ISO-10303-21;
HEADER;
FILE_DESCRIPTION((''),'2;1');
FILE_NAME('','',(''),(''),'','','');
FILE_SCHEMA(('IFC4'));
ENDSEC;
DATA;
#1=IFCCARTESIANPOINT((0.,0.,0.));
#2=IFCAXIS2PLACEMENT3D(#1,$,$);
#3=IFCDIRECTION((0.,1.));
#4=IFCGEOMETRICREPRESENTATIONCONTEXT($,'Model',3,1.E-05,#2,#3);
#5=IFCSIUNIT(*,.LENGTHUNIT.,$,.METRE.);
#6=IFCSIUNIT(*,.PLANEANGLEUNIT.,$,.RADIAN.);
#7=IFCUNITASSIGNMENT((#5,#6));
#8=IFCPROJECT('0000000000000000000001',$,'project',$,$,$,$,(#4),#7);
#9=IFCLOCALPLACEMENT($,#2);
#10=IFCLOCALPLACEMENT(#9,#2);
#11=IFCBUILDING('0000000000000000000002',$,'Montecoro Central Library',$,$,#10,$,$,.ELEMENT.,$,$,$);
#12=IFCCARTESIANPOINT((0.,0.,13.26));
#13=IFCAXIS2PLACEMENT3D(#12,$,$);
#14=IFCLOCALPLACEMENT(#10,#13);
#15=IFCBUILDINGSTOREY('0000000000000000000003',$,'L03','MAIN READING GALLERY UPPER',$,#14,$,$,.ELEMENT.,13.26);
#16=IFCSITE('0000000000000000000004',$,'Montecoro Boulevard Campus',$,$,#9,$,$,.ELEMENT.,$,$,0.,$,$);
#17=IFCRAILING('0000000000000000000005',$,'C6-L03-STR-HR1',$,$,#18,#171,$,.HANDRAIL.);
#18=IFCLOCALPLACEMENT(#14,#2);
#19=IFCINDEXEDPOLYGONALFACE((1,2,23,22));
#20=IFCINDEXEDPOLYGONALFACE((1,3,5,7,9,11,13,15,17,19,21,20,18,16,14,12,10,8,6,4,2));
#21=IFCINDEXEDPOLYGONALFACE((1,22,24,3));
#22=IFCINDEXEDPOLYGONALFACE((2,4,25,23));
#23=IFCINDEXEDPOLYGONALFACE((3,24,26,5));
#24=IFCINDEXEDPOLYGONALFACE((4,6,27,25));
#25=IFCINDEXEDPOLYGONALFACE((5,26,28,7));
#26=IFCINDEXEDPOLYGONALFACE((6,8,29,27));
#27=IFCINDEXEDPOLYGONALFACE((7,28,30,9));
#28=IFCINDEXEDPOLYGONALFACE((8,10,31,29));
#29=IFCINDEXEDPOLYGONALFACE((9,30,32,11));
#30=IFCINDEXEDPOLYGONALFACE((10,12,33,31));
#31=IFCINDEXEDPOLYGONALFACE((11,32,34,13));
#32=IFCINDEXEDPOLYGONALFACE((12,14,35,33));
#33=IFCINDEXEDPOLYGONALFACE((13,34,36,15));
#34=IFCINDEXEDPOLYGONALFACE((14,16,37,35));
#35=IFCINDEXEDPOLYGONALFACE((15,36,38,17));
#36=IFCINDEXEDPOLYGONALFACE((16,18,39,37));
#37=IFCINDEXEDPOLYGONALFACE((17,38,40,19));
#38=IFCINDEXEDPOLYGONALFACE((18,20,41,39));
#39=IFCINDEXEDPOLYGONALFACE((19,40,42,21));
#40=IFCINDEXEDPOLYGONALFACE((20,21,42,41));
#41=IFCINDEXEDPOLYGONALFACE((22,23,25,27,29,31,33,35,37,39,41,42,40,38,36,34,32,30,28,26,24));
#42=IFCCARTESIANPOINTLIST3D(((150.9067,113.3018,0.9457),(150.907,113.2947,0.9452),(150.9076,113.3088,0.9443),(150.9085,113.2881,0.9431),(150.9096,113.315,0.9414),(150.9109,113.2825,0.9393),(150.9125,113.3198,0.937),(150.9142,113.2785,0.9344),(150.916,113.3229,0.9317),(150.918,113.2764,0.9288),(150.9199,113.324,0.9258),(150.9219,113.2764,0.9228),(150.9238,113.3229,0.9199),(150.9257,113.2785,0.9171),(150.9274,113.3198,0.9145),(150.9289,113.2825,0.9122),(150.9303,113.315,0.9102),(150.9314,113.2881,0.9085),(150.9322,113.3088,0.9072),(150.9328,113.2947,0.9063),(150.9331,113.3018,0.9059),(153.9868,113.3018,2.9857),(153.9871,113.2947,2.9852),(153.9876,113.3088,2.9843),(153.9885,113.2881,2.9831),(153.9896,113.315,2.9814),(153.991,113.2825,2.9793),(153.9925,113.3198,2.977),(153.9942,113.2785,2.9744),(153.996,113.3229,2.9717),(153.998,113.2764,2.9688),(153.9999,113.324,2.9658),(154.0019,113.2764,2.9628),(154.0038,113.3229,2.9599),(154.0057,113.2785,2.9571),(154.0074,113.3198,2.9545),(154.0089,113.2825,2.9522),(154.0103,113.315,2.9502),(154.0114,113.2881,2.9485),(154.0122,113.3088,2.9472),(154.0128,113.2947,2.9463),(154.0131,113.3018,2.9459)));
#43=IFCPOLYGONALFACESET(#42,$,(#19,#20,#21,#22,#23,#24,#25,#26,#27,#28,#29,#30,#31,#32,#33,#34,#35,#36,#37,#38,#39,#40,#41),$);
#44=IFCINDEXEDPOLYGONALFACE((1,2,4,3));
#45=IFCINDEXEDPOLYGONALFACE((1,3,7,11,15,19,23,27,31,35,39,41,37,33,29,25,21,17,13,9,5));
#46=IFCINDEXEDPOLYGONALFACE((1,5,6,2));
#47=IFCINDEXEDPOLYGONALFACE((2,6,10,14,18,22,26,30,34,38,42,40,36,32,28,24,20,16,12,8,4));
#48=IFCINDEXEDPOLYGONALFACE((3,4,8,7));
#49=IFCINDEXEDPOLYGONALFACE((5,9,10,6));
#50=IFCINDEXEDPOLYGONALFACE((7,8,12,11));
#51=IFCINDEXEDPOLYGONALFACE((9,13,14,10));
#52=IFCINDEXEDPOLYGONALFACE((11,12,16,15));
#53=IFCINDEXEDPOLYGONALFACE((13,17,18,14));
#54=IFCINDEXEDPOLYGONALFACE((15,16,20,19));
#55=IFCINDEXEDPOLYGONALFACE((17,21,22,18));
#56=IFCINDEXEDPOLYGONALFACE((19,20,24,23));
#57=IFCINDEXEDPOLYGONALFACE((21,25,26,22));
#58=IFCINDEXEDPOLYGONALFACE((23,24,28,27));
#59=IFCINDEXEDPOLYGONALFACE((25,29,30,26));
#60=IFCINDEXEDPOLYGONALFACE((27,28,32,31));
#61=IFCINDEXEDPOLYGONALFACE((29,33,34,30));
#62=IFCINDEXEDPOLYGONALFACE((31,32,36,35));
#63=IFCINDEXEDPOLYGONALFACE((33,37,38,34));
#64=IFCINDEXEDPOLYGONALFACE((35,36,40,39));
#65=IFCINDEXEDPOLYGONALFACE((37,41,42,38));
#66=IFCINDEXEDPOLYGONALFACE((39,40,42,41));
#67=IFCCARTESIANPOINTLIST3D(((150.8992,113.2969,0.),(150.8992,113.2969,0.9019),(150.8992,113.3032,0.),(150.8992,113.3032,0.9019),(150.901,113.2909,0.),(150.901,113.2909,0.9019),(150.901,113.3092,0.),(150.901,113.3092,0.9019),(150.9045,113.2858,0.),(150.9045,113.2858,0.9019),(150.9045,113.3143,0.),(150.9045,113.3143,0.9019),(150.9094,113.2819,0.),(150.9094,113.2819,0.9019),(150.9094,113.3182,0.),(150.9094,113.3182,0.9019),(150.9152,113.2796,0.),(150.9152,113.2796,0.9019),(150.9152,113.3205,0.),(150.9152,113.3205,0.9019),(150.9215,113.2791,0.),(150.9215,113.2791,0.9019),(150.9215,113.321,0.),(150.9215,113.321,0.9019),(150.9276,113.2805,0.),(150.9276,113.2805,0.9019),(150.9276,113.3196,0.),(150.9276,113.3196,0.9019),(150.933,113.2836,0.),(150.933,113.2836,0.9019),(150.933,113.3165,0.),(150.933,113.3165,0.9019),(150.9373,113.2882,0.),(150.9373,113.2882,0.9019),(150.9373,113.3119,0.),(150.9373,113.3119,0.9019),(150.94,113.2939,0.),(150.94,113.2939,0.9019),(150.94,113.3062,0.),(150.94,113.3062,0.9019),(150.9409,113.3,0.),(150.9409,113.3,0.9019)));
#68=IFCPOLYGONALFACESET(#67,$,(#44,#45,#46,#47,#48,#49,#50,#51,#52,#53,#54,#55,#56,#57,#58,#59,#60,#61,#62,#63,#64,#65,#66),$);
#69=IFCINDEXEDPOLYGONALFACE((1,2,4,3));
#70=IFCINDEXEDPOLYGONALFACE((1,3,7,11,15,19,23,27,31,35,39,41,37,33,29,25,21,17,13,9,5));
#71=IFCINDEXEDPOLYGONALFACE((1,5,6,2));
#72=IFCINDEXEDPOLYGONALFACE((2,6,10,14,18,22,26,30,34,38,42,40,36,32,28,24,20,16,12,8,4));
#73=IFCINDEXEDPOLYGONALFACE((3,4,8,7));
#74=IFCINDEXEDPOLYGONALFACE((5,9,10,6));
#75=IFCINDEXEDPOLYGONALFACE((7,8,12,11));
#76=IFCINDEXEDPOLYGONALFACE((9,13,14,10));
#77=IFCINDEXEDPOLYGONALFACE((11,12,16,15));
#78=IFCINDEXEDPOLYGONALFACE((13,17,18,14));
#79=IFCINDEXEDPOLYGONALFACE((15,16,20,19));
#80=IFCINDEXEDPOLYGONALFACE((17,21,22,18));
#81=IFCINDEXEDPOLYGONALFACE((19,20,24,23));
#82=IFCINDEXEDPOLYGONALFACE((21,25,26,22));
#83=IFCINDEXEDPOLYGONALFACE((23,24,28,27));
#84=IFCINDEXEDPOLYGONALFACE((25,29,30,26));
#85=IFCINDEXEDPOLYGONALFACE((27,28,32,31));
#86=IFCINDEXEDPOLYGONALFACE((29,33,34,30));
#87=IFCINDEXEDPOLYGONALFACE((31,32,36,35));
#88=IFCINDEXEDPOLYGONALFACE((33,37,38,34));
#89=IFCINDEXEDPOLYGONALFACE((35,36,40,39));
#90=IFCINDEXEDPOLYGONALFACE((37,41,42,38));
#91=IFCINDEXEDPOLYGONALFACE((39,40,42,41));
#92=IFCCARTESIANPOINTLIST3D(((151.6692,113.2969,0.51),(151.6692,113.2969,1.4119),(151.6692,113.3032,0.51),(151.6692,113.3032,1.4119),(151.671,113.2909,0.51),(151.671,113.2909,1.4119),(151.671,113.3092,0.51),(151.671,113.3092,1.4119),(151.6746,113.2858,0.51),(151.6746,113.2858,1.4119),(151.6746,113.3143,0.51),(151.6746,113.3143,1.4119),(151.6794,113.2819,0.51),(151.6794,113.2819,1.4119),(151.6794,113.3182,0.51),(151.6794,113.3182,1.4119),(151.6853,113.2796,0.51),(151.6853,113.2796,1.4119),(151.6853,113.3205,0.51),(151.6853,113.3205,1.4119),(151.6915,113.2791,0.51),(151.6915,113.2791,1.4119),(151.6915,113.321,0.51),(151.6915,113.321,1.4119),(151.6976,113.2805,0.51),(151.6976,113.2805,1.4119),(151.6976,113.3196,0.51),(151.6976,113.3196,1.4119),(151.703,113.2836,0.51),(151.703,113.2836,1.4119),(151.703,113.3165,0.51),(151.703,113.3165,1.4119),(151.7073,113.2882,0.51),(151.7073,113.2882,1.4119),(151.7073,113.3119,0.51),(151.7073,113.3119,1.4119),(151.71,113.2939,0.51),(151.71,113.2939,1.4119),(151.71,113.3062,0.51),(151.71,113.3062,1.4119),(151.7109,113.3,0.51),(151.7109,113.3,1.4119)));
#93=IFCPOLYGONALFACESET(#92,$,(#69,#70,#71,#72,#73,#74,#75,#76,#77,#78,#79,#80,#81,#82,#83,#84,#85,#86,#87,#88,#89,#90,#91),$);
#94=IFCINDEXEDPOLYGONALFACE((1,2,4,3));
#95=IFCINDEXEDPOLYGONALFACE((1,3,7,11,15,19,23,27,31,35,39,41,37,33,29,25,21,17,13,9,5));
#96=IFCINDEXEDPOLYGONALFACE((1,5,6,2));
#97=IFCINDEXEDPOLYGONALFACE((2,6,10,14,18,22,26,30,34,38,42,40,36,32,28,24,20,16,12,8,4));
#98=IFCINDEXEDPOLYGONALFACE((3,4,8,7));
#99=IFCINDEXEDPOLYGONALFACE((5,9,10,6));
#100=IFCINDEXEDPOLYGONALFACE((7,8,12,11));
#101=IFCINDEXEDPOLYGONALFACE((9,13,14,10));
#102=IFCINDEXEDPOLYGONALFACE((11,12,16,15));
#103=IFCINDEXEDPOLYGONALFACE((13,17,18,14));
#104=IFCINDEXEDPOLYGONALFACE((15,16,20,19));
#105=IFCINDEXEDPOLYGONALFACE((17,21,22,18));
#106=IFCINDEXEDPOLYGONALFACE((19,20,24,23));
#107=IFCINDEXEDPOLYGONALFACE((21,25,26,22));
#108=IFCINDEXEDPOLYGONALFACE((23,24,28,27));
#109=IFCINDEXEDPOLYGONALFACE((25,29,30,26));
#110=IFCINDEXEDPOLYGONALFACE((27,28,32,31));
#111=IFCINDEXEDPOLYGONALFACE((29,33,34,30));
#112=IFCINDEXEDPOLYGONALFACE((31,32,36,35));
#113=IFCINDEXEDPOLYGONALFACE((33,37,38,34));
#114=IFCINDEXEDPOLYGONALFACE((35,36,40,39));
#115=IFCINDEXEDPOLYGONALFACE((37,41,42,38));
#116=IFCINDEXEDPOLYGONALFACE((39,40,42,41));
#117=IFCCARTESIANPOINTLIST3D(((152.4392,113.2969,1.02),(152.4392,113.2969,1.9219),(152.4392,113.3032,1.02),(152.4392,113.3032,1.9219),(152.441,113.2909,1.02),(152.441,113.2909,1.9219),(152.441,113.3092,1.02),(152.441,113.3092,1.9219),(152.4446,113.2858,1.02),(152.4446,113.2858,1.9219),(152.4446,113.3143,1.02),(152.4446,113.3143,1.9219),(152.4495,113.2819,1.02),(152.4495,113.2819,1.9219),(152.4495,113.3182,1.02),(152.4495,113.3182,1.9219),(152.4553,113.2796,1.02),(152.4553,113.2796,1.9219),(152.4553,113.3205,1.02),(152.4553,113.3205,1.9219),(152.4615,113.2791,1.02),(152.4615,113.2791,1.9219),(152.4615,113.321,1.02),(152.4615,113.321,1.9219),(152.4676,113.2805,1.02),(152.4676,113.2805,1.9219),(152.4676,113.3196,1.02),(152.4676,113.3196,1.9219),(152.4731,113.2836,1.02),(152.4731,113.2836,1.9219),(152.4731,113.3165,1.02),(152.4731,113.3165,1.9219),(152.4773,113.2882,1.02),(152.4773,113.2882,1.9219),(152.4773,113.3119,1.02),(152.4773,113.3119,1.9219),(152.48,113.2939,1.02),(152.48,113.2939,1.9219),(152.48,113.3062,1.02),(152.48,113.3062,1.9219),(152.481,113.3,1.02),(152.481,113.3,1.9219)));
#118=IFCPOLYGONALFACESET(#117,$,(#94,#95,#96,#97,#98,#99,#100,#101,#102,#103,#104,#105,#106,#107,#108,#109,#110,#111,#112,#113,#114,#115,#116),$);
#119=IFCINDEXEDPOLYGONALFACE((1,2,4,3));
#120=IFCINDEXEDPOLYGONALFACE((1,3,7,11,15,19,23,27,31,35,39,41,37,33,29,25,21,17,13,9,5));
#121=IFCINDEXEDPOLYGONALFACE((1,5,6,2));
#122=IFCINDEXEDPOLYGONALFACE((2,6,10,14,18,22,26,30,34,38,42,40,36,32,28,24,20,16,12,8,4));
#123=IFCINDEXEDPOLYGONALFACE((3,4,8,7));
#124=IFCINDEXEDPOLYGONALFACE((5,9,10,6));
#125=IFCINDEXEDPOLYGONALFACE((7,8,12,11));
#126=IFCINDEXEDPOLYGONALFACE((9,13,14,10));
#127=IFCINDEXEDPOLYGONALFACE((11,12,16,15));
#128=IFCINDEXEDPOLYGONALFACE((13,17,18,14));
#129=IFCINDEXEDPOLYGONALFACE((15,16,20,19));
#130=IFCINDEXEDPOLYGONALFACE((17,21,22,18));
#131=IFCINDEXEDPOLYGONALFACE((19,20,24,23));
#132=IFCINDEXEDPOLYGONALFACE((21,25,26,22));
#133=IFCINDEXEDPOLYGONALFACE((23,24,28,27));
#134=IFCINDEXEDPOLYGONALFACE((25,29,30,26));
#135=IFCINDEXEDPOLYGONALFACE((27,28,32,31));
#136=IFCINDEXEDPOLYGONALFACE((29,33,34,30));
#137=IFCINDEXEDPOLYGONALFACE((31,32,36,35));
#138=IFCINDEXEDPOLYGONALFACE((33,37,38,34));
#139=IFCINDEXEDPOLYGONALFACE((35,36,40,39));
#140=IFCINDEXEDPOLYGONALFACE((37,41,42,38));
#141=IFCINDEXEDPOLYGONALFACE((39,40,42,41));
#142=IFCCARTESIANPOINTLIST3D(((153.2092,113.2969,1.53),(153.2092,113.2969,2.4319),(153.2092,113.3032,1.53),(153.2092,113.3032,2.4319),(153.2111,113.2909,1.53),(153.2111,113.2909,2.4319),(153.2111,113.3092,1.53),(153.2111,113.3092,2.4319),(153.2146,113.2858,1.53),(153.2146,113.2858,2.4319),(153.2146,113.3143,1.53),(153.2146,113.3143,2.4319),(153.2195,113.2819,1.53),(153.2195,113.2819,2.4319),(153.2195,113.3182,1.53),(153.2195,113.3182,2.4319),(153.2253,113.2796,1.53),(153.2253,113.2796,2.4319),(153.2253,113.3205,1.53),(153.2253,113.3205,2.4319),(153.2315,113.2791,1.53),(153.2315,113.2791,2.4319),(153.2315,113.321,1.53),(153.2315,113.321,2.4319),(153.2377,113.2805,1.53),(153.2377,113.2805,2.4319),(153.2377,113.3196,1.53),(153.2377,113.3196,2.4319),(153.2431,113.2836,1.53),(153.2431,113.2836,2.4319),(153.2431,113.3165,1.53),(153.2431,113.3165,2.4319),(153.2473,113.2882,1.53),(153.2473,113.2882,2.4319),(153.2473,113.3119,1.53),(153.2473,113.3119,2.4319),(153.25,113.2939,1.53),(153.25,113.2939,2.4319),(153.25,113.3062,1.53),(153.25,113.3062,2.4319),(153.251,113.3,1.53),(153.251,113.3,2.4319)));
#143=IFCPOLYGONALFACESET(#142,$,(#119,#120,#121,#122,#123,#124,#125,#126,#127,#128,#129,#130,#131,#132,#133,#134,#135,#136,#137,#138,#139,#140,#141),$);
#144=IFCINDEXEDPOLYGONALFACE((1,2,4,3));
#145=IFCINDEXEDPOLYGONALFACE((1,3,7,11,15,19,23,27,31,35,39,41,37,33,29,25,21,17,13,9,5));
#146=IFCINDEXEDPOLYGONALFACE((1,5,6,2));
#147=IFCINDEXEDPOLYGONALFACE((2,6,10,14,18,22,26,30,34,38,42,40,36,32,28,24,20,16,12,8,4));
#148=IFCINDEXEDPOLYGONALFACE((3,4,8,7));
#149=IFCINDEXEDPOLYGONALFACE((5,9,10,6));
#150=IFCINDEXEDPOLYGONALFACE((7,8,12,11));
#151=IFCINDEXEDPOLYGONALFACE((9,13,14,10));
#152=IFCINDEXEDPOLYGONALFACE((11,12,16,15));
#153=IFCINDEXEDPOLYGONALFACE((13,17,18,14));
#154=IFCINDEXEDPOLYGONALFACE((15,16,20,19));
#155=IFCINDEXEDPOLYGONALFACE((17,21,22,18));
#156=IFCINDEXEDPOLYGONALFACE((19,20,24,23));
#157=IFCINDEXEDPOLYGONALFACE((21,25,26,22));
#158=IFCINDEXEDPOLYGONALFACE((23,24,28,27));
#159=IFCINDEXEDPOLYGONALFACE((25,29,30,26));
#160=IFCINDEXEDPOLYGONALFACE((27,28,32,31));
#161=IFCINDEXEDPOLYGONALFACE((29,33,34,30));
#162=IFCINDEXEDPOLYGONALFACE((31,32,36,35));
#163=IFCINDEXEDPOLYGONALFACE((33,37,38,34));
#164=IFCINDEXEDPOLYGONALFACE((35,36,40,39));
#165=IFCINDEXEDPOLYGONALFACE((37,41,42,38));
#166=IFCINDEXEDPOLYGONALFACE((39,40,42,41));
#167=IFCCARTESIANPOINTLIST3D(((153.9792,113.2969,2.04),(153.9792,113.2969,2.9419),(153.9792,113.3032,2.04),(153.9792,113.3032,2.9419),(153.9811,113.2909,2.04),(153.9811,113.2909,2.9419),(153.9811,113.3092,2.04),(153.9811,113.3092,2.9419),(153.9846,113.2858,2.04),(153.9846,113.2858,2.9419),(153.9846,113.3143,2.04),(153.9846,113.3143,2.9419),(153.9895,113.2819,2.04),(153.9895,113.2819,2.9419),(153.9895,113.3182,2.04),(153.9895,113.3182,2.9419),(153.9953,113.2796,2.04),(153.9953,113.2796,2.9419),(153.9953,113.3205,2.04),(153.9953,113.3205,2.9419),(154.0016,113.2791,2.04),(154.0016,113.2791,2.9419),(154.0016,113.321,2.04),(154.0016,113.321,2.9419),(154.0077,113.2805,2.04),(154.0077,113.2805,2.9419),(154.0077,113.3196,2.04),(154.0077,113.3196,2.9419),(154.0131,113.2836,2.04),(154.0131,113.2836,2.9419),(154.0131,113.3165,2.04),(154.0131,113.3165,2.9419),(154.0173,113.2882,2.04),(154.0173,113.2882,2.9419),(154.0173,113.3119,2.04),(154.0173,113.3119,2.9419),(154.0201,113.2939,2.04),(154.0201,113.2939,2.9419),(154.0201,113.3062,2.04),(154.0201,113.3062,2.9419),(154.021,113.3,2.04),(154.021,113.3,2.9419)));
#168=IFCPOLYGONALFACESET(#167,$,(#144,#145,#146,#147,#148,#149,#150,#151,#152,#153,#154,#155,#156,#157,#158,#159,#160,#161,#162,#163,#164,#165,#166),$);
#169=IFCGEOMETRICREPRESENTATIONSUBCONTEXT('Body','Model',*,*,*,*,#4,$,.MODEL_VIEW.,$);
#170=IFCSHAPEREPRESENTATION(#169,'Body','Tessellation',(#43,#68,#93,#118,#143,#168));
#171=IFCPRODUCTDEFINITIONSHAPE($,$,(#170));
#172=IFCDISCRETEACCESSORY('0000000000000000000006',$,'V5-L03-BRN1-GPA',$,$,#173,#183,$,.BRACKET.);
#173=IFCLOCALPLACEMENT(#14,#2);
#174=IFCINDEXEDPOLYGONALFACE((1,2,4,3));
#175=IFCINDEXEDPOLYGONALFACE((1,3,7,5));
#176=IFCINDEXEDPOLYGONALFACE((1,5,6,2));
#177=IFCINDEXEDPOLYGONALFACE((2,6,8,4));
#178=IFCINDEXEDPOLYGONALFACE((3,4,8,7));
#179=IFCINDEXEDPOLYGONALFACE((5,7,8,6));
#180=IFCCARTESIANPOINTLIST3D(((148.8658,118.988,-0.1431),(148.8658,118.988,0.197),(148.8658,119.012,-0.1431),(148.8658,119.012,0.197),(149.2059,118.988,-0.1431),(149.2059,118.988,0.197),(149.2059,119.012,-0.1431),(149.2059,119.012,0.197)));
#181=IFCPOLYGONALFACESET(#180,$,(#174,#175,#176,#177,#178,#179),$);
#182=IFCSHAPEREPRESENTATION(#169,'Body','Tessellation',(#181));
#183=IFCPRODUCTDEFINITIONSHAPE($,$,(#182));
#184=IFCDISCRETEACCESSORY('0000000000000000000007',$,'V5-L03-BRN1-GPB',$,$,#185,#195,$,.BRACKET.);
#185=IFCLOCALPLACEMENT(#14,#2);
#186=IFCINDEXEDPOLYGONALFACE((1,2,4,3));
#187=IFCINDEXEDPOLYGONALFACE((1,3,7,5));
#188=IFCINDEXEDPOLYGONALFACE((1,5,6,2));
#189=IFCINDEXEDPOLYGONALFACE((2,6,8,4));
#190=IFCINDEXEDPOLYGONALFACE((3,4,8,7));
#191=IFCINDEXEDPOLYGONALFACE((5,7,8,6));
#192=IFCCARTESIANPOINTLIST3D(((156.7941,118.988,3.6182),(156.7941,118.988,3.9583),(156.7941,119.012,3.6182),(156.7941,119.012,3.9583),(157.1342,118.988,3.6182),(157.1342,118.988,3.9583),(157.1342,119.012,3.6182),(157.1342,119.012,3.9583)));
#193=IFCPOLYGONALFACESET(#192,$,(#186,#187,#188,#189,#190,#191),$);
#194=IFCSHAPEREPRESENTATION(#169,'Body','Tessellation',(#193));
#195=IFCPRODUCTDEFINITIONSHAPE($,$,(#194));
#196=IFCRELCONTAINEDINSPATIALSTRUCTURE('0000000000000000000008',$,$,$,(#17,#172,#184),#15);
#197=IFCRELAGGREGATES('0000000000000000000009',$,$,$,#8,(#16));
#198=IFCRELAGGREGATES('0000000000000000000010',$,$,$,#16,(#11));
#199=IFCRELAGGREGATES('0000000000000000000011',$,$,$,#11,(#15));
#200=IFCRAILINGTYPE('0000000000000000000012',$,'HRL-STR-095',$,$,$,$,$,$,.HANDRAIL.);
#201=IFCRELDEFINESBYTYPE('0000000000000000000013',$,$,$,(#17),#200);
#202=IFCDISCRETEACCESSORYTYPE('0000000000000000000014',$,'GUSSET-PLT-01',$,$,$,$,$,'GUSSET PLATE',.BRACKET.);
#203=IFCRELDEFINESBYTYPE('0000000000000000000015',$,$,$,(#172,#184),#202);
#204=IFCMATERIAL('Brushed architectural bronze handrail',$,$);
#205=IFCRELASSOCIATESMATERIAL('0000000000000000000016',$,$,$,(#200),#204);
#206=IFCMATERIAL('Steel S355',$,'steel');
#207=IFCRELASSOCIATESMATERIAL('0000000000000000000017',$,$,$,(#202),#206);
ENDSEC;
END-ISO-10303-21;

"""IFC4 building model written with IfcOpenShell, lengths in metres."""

from ifc_helpers import new_model, si_unit, direction, frame, origin, origin_2d, place, context, subcontext, project, spatial, rectangle, circle, extrude, material, type_object, element, save


model = new_model("IFC4")

# Units and contexts
model_context = context("Model", 3, precision=1e-05, world=origin(), true_north=direction((0.0, 1.0)))
body_context = subcontext(model_context, "Body", "Model", "MODEL_VIEW")
ifc_project = project(units=[si_unit("LENGTHUNIT", "METRE"), si_unit("PLANEANGLEUNIT", "RADIAN")], contexts=[model_context])

# Site, building, storey
site_placement = place(None, origin())
site = spatial("IfcSite", under=ifc_project, at=site_placement, Name="Montecoro Boulevard Campus", CompositionType="ELEMENT", RefElevation=0.0)
building_placement = place(site_placement, origin())
building = spatial("IfcBuilding", under=site, at=building_placement, Name="Montecoro Central Library", CompositionType="ELEMENT")
storey_placement = place(building_placement, frame((0.0, 0.0, 13.26)))
storey = spatial("IfcBuildingStorey", under=building, at=storey_placement, Name="L03", Description="MAIN READING GALLERY UPPER", CompositionType="ELEMENT", Elevation=13.26)

# Shared definitions
ifc_material_1 = material(Name="Steel S355", Category="steel")

# Railing
ifc_material_2 = material(Name="Brushed architectural bronze handrail")
railing_type_1 = type_object("IfcRailingType", Name="HRL-STR-095", PredefinedType="HANDRAIL", material=ifc_material_2)
railing_1_placement = place(storey_placement, frame((150.9199, 113.3, 0.0)))
element("IfcRailing", 1, at=railing_1_placement, inside=storey, type_object=railing_type_1, Name="C6-L03-STR-HR1", PredefinedType="HANDRAIL", context=body_context, shape_type="SweptSolid", body=[
    extrude(circle(Radius=0.0239, at=origin_2d()), frame((0.0, 0.0, 0.9258), z_axis=(0.833714, 0.0, 0.552197), x_axis=(0.0, 1.0, 0.0)), (0.0, 0.0, 1.0), 3.6943),
    extrude(circle(Radius=0.021, at=origin_2d()), origin(), (0.0, 0.0, 1.0), 0.9019),
    extrude(circle(Radius=0.021, at=origin_2d()), frame((0.77, 0.0, 0.51)), (0.0, 0.0, 1.0), 0.9019),
    extrude(circle(Radius=0.021, at=origin_2d()), frame((1.54, 0.0, 1.02)), (0.0, 0.0, 1.0), 0.9019),
    extrude(circle(Radius=0.021, at=origin_2d()), frame((2.3101, 0.0, 1.53)), (0.0, 0.0, 1.0), 0.9019),
    extrude(circle(Radius=0.021, at=origin_2d()), frame((3.0801, 0.0, 2.04)), (0.0, 0.0, 1.0), 0.9019),
])

# Discrete accessories
discrete_accessory_type = type_object("IfcDiscreteAccessoryType", Name="GUSSET-PLT-01", ElementType="GUSSET PLATE", PredefinedType="BRACKET", material=ifc_material_1)
for number, where, z_axis, x_axis, name in (
    (2, (149.0359, 119.0, -0.1431), (0.0, 0.0, 1.0), (1.0, 0.0, 0.0), "V5-L03-BRN1-GPA"),
    (3, (156.9641, 119.0, 3.6182), (0.0, 0.0, 1.0), (1.0, 0.0, 0.0), "V5-L03-BRN1-GPB"),
):
    element("IfcDiscreteAccessory", number, at=place(storey_placement, frame(where, z_axis=z_axis, x_axis=x_axis)), inside=storey, type_object=discrete_accessory_type, Name=name, PredefinedType="BRACKET", context=body_context, shape_type="SweptSolid", body=[
        extrude(rectangle(XDim=0.3401, YDim=0.0239, at=origin_2d()), origin(), (0.0, 0.0, 1.0), 0.3401),
    ])

save(model, "model.ifc")
